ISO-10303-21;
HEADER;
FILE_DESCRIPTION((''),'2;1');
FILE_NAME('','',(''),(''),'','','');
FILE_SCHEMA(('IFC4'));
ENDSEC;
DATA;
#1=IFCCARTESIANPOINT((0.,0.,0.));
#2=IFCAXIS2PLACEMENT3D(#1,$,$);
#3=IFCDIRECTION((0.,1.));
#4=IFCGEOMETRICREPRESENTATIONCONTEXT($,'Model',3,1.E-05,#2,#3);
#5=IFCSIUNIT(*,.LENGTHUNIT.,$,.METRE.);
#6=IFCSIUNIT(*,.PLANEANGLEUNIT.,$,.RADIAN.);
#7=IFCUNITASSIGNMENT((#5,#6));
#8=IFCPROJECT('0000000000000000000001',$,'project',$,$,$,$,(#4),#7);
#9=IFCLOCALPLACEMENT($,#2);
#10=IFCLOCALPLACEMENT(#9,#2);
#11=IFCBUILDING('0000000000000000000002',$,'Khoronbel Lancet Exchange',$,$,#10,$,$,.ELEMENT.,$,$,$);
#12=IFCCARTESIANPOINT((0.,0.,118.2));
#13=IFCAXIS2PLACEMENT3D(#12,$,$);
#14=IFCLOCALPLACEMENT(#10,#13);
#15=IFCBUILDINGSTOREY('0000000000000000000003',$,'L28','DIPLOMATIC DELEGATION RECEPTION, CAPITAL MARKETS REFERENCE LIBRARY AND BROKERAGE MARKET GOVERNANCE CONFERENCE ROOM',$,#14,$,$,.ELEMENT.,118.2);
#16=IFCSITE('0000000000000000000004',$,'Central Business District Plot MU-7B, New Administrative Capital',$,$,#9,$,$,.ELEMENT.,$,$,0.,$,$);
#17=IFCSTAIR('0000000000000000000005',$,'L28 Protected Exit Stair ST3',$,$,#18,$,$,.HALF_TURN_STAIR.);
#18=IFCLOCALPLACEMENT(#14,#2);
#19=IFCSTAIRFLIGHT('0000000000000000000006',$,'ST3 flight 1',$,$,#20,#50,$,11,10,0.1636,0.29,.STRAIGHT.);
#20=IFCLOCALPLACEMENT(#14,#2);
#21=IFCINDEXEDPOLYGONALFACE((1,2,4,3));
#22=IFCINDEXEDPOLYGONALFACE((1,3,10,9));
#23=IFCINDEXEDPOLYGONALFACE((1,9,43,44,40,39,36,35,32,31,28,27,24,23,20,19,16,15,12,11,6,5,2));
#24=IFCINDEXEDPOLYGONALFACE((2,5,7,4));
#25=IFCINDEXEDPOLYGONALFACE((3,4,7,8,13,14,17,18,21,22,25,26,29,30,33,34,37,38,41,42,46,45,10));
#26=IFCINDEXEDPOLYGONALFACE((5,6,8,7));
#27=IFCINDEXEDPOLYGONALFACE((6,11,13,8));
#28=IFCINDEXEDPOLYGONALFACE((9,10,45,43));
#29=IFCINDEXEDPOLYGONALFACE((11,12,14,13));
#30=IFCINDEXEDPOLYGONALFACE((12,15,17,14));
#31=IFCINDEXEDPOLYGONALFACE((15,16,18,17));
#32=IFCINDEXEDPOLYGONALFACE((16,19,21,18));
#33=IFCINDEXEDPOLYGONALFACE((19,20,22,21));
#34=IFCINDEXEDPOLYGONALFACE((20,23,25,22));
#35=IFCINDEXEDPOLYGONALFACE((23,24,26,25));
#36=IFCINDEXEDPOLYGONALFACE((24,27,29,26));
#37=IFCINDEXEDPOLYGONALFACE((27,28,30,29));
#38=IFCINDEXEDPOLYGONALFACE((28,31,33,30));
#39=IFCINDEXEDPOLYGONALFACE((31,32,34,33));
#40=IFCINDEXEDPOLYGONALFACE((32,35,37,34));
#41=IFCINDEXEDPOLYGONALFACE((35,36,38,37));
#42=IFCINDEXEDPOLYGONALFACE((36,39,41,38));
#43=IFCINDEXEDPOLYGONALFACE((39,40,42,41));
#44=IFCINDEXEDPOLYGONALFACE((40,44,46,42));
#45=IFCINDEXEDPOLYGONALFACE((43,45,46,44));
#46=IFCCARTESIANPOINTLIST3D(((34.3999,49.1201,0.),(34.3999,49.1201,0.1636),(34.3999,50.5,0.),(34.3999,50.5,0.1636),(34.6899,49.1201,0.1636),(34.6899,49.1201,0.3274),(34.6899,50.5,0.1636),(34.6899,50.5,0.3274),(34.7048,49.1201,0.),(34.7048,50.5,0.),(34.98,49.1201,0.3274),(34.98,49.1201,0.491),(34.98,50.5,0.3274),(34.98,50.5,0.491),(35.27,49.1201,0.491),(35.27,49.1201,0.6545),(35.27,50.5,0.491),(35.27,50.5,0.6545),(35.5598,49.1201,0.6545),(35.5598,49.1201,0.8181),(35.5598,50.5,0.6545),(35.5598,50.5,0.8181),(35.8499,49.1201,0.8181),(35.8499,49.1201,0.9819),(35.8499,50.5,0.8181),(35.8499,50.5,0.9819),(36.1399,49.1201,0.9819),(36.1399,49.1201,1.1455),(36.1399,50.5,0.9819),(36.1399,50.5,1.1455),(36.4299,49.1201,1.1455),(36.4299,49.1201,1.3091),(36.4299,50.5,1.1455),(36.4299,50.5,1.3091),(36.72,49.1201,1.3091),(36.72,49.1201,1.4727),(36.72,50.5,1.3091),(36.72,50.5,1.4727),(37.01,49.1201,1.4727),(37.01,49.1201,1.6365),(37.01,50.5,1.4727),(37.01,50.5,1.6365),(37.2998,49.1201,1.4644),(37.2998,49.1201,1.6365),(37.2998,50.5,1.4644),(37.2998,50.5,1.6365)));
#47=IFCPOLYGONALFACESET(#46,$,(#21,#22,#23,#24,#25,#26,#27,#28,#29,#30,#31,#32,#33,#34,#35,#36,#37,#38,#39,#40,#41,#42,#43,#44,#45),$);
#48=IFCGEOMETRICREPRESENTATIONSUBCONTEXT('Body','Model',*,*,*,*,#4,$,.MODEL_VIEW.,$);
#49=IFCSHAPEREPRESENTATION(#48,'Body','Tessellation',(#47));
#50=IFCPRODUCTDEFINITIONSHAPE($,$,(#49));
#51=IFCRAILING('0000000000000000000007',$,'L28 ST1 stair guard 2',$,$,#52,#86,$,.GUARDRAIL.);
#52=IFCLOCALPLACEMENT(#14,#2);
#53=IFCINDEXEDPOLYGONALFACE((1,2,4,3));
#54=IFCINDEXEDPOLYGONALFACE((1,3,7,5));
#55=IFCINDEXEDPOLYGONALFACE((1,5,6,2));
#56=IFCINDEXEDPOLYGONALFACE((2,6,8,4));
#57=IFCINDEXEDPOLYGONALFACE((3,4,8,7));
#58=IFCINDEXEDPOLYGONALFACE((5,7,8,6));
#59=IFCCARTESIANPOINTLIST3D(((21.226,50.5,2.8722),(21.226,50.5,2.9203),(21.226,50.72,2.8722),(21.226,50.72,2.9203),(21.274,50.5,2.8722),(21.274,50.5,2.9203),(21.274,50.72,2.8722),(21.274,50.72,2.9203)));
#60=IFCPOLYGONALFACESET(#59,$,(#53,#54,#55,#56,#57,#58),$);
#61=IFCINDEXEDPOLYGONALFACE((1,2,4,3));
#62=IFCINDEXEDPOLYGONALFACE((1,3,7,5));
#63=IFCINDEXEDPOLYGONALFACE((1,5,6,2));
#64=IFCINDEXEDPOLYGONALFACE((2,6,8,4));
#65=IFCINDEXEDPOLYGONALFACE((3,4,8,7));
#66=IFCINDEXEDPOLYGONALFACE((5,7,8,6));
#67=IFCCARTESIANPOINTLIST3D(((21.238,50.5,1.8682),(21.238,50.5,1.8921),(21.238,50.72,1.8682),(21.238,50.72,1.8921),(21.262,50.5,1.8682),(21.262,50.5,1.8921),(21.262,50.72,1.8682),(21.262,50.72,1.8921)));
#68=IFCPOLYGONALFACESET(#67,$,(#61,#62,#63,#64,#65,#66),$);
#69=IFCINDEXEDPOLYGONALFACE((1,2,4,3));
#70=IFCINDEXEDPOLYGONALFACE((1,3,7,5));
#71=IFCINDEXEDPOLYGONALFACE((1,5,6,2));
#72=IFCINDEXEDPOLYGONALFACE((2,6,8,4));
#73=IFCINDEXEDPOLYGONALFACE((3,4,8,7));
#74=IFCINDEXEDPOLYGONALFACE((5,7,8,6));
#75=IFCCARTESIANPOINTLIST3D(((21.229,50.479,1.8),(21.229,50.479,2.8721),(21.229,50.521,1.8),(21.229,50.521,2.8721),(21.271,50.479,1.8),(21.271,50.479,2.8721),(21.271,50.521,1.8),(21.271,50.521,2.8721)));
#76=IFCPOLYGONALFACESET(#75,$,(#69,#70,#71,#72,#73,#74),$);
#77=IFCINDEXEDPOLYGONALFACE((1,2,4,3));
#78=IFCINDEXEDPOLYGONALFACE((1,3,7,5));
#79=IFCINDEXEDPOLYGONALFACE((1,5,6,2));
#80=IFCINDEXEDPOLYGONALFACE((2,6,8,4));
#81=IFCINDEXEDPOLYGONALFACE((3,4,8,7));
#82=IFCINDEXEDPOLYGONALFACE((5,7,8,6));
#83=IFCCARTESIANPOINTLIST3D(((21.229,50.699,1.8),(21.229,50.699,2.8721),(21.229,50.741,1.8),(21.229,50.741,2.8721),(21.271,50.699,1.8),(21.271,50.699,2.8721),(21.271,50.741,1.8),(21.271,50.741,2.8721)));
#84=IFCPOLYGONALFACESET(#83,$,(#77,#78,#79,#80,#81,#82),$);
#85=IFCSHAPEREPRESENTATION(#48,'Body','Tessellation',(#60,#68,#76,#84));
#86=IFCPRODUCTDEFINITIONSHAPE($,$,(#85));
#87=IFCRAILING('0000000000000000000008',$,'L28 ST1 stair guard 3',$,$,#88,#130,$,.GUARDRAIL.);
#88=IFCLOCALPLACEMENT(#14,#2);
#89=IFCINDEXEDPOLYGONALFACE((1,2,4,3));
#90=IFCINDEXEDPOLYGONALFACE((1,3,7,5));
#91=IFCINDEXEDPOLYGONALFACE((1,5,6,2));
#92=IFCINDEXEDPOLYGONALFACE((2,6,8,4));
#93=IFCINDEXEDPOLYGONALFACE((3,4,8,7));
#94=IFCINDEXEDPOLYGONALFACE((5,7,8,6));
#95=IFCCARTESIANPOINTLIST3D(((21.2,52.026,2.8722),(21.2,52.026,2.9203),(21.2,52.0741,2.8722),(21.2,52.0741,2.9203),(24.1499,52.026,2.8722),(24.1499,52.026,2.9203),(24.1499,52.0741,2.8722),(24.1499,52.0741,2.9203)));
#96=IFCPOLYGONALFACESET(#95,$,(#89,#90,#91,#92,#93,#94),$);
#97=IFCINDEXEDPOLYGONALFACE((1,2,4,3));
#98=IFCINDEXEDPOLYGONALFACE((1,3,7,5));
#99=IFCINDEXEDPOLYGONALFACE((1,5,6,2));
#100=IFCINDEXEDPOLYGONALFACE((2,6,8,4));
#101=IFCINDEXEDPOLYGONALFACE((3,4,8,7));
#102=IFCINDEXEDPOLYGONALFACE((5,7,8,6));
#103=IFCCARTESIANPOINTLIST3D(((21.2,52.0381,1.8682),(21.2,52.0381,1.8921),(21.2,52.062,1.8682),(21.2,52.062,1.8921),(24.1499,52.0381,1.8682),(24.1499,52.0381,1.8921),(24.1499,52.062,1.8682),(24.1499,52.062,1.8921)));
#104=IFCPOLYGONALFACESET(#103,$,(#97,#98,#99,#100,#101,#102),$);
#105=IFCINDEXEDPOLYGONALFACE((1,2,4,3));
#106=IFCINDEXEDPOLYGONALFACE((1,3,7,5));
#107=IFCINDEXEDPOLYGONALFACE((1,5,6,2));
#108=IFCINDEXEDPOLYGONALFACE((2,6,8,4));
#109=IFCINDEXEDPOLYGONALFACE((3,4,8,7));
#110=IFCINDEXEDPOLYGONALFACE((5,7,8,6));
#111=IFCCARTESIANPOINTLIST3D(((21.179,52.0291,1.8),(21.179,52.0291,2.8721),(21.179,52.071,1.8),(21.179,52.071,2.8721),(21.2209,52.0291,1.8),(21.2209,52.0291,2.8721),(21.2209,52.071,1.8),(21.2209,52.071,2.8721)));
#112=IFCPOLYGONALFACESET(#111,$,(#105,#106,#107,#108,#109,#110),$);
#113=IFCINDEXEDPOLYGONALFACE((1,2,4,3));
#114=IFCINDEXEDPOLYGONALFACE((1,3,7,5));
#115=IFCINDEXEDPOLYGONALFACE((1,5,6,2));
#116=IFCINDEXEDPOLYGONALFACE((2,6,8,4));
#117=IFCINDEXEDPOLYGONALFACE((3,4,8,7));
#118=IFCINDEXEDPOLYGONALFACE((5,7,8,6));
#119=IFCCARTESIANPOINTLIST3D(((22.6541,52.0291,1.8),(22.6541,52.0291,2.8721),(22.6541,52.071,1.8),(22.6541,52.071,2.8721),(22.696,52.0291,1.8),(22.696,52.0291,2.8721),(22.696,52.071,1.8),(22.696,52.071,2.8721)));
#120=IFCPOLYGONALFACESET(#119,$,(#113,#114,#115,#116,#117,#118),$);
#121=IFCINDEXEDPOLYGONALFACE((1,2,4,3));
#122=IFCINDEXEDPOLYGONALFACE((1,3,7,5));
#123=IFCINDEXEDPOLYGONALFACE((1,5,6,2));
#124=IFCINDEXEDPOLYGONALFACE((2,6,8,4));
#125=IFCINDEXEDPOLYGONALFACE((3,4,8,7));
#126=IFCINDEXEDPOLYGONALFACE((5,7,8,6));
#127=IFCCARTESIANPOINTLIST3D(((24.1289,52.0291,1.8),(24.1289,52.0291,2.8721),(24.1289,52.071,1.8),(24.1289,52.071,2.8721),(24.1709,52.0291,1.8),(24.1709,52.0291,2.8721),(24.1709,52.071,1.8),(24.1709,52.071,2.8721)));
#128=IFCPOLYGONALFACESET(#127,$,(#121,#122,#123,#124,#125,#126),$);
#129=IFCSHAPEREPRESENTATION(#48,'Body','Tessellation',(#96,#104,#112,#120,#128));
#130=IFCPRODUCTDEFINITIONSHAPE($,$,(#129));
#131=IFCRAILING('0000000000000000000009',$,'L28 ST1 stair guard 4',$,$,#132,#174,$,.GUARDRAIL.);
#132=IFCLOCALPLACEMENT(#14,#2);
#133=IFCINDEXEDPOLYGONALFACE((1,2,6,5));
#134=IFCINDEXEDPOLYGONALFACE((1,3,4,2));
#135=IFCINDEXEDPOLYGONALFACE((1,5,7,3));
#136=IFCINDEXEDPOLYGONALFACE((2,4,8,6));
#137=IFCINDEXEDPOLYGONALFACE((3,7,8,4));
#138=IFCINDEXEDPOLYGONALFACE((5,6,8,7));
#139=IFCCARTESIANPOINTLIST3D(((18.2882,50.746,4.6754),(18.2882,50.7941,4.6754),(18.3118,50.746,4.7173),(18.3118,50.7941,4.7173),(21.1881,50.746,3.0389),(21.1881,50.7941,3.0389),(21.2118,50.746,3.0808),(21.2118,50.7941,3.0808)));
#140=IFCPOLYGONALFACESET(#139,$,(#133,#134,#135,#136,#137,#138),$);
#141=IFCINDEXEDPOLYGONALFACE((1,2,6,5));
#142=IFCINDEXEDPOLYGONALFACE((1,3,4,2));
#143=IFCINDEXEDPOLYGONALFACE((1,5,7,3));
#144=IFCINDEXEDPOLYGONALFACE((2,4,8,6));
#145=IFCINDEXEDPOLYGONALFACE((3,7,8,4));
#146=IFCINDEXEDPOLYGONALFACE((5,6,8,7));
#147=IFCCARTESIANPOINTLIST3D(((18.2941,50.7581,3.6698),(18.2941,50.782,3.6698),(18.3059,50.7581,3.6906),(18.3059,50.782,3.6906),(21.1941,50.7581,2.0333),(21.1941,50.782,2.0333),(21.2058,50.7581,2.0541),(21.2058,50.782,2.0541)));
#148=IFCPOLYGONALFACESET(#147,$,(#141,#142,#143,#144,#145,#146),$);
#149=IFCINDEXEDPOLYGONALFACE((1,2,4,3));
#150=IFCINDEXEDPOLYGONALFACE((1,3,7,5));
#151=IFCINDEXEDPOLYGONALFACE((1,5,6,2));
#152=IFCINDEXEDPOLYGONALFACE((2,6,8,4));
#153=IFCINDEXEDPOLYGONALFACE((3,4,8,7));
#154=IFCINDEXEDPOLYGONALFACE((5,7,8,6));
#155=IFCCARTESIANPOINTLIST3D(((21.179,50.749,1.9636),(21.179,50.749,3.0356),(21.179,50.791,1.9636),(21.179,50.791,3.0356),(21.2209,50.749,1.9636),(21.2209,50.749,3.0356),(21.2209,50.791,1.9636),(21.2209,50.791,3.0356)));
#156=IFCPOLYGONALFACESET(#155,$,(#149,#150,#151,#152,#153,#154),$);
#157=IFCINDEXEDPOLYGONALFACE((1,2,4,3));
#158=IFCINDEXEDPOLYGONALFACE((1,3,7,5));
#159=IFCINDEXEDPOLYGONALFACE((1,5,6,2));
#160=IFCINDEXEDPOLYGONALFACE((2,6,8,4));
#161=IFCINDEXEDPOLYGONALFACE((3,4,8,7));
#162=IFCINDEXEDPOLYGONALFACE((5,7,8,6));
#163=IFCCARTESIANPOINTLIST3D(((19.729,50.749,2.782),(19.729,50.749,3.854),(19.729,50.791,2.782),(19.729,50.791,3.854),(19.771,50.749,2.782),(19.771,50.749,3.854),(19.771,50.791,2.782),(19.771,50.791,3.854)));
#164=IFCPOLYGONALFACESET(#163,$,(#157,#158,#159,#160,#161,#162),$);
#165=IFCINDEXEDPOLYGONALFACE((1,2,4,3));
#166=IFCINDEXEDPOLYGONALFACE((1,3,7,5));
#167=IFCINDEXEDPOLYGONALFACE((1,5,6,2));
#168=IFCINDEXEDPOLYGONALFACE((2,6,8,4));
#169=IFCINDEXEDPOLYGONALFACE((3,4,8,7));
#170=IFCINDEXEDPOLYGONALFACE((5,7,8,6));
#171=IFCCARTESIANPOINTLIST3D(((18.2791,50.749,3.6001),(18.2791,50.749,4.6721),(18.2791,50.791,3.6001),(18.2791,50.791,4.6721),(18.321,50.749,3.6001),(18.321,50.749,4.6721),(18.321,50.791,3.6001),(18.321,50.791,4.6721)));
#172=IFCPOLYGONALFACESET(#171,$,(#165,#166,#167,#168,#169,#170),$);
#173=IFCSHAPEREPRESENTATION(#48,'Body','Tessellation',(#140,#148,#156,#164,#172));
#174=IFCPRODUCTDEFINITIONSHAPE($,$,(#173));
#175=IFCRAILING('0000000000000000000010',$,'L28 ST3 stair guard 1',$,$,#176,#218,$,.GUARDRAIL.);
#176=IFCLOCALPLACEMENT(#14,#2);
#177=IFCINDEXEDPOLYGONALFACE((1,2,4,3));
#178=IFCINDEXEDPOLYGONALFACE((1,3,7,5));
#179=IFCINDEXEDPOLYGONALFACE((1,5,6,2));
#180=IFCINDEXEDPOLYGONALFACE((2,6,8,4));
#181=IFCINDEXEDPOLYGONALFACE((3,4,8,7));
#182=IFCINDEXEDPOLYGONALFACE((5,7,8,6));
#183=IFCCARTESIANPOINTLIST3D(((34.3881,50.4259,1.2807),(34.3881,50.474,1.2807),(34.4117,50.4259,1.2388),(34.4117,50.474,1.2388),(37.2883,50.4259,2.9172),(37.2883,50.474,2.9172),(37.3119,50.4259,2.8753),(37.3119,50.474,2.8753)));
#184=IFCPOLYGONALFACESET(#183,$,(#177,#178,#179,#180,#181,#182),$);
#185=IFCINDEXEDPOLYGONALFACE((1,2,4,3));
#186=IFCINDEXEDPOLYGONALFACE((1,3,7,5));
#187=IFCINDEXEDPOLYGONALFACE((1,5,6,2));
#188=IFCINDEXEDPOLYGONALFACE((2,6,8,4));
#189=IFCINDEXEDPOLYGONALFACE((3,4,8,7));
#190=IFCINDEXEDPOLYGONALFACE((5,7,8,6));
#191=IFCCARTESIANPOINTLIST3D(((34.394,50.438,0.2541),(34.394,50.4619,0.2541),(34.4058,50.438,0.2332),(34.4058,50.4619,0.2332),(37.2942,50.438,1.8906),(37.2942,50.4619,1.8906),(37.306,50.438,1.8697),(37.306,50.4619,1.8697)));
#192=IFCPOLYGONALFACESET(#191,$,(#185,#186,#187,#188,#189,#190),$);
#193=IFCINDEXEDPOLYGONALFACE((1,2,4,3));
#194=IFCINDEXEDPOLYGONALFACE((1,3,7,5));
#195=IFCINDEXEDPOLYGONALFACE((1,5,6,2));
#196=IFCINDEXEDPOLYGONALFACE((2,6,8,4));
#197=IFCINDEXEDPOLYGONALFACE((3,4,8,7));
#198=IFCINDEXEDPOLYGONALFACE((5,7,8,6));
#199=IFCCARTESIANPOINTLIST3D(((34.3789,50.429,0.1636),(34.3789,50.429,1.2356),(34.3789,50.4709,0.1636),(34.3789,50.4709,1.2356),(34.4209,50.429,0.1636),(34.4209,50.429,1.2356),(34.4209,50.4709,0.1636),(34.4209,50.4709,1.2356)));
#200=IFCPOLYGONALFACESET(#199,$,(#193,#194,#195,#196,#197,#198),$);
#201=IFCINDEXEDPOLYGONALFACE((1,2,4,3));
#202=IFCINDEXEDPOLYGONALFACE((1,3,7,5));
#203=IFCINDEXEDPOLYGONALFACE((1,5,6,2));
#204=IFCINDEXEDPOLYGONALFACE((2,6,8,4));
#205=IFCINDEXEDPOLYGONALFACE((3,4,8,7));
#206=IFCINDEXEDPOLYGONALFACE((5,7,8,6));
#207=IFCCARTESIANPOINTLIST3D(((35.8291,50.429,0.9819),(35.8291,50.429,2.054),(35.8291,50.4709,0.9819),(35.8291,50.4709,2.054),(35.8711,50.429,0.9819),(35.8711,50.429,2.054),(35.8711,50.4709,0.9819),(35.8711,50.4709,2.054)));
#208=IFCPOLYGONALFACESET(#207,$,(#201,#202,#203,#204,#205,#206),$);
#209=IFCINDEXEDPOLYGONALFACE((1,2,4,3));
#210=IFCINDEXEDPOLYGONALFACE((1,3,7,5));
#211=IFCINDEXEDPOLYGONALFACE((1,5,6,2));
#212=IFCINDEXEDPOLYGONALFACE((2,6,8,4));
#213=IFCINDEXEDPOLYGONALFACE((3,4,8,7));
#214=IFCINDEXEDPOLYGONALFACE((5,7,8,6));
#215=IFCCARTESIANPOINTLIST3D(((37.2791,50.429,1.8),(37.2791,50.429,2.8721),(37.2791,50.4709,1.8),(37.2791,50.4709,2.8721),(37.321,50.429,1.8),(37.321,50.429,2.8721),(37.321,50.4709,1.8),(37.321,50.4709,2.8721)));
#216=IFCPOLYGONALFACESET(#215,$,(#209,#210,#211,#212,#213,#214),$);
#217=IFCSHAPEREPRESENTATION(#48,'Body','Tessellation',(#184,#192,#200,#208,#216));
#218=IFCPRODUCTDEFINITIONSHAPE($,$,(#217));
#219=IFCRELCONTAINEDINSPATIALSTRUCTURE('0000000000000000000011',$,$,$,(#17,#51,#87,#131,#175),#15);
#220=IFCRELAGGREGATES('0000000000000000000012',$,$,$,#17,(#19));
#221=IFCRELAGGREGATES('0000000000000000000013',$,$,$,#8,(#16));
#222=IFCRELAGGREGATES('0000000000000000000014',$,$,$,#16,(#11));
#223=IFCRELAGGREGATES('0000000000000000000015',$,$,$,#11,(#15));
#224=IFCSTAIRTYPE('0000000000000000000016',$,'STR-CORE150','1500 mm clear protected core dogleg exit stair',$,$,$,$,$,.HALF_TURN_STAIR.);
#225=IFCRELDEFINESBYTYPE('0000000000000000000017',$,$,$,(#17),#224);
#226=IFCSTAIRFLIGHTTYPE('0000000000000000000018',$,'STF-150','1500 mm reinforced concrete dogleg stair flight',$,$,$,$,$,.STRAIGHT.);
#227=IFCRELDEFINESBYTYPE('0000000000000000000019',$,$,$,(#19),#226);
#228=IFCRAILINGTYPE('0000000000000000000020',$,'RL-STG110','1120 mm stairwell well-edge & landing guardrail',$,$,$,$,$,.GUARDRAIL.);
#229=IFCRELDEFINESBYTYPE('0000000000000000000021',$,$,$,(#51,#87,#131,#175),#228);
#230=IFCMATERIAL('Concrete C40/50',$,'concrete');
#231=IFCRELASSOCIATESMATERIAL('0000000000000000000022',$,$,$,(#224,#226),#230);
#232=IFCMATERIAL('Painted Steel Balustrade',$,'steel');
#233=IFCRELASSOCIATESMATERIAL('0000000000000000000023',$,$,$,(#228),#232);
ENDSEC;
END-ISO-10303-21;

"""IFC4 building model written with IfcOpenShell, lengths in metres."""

from ifc_helpers import new_model, si_unit, direction, frame, origin, origin_2d, place, context, subcontext, project, spatial, polyline, rectangle, outline, extrude, material, type_object, element, aggregate, save


model = new_model("IFC4")

# Units and contexts
model_context = context("Model", 3, precision=1e-05, world=origin(), true_north=direction((0.0, 1.0)))
body_context = subcontext(model_context, "Body", "Model", "MODEL_VIEW")
ifc_project = project(units=[si_unit("LENGTHUNIT", "METRE"), si_unit("PLANEANGLEUNIT", "RADIAN")], contexts=[model_context])

# Site, building, storey
site_placement = place(None, origin())
site = spatial("IfcSite", under=ifc_project, at=site_placement, Name="Central Business District Plot MU-7B, New Administrative Capital", CompositionType="ELEMENT", RefElevation=0.0)
building_placement = place(site_placement, origin())
building = spatial("IfcBuilding", under=site, at=building_placement, Name="Khoronbel Lancet Exchange", CompositionType="ELEMENT")
storey_placement = place(building_placement, frame((0.0, 0.0, 118.2)))
storey = spatial("IfcBuildingStorey", under=building, at=storey_placement, Name="L28", Description="DIPLOMATIC DELEGATION RECEPTION, CAPITAL MARKETS REFERENCE LIBRARY AND BROKERAGE MARKET GOVERNANCE CONFERENCE ROOM", CompositionType="ELEMENT", Elevation=118.2)

# Stair, stair flight
ifc_material_1 = material(Name="Concrete C40/50", Category="concrete")
stair_type = type_object("IfcStairType", Name="STR-CORE150", Description="1500 mm clear protected core dogleg exit stair", PredefinedType="HALF_TURN_STAIR", material=ifc_material_1)
stair_flight_type = type_object("IfcStairFlightType", Name="STF-150", Description="1500 mm reinforced concrete dogleg stair flight", PredefinedType="STRAIGHT", material=ifc_material_1)
stair_1_placement = place(storey_placement, origin())
stair_1 = element("IfcStair", 1, at=stair_1_placement, inside=storey, type_object=stair_type, Name="L28 Protected Exit Stair ST3", PredefinedType="HALF_TURN_STAIR")
stair_flight_1_placement = place(storey_placement, frame((34.3999, 49.8101, 0.0), z_axis=(0.0, 0.0, 1.0), x_axis=(1.0, 0.0, 0.0)))
stair_flight_1 = element("IfcStairFlight", 2, at=stair_flight_1_placement, type_object=stair_flight_type, Name="ST3 flight 1", NumberOfRisers=11, NumberOfTreads=10, PredefinedType="STRAIGHT", RiserHeight=0.1636, TreadLength=0.29, context=body_context, shape_type="SweptSolid", body=[
    extrude(outline(polyline([(0.0, 0.0), (0.0, 0.1636), (0.29, 0.1636), (0.29, 0.3274), (0.5801, 0.3274), (0.5801, 0.491), (0.8701, 0.491), (0.8701, 0.6545), (1.1599, 0.6545), (1.1599, 0.8181), (1.45, 0.8181), (1.45, 0.9819), (1.74, 0.9819), (1.74, 1.1455), (2.03, 1.1455), (2.03, 1.3091), (2.3201, 1.3091), (2.3201, 1.4727), (2.6101, 1.4727), (2.6101, 1.6365), (2.8999, 1.6365), (2.8999, 1.8), (2.8999, 1.4644), (0.3049, 0.0), (0.0, 0.0)])), frame((0.0, 0.6899, 0.0), z_axis=(0.0, -1.0, 0.0), x_axis=(1.0, 0.0, 0.0)), (0.0, 0.0, 1.0), 1.3799),
])
aggregate(stair_1, [stair_flight_1])

# Railings
ifc_material_2 = material(Name="Painted Steel Balustrade", Category="steel")
railing_type_1 = type_object("IfcRailingType", Name="RL-STG110", Description="1120 mm stairwell well-edge & landing guardrail", PredefinedType="GUARDRAIL", material=ifc_material_2)
railing_1_placement = place(storey_placement, frame((21.25, 50.5, 1.8)))
element("IfcRailing", 3, at=railing_1_placement, inside=storey, type_object=railing_type_1, Name="L28 ST1 stair guard 2", PredefinedType="GUARDRAIL", context=body_context, shape_type="SweptSolid", body=[
    extrude(rectangle(XDim=0.0481, YDim=0.0481, at=origin_2d()), frame((0.0, 0.0, 1.0962), z_axis=(0.0, 1.0, 0.0), x_axis=(-1.0, 0.0, 0.0)), (0.0, 0.0, 1.0), 0.22),
    extrude(rectangle(XDim=0.0239, YDim=0.0239, at=origin_2d()), frame((0.0, 0.0, 0.0801), z_axis=(0.0, 1.0, 0.0), x_axis=(-1.0, 0.0, 0.0)), (0.0, 0.0, 1.0), 0.22),
    extrude(rectangle(XDim=0.042, YDim=0.042, at=origin_2d()), origin(), (0.0, 0.0, 1.0), 1.072),
    extrude(rectangle(XDim=0.042, YDim=0.042, at=origin_2d()), frame((0.0, 0.22, 0.0)), (0.0, 0.0, 1.0), 1.072),
])
railing_2_placement = place(storey_placement, frame((21.2, 52.05, 1.8)))
element("IfcRailing", 4, at=railing_2_placement, inside=storey, type_object=railing_type_1, Name="L28 ST1 stair guard 3", PredefinedType="GUARDRAIL", context=body_context, shape_type="SweptSolid", body=[
    extrude(rectangle(XDim=0.0481, YDim=0.0481, at=origin_2d()), frame((0.0, 0.0, 1.0962), z_axis=(1.0, 0.0, 0.0), x_axis=(0.0, 1.0, 0.0)), (0.0, 0.0, 1.0), 2.95),
    extrude(rectangle(XDim=0.0239, YDim=0.0239, at=origin_2d()), frame((0.0, 0.0, 0.0801), z_axis=(1.0, 0.0, 0.0), x_axis=(0.0, 1.0, 0.0)), (0.0, 0.0, 1.0), 2.95),
    extrude(rectangle(XDim=0.042, YDim=0.042, at=origin_2d()), origin(), (0.0, 0.0, 1.0), 1.072),
    extrude(rectangle(XDim=0.042, YDim=0.042, at=origin_2d()), frame((1.4751, 0.0, 0.0)), (0.0, 0.0, 1.0), 1.072),
    extrude(rectangle(XDim=0.042, YDim=0.042, at=origin_2d()), frame((2.95, 0.0, 0.0)), (0.0, 0.0, 1.0), 1.072),
])
railing_3_placement = place(storey_placement, frame((21.2, 50.77, 1.9636)))
element("IfcRailing", 5, at=railing_3_placement, inside=storey, type_object=railing_type_1, Name="L28 ST1 stair guard 4", PredefinedType="GUARDRAIL", context=body_context, shape_type="SweptSolid", body=[
    extrude(rectangle(XDim=0.0481, YDim=0.0481, at=origin_2d()), frame((0.0, 0.0, 1.0962), z_axis=(-0.870897, 0.0, 0.491465), x_axis=(0.0, -1.0, 0.0)), (0.0, 0.0, 1.0), 3.3298),
    extrude(rectangle(XDim=0.0239, YDim=0.0239, at=origin_2d()), frame((0.0, 0.0, 0.0801), z_axis=(-0.870897, 0.0, 0.491465), x_axis=(0.0, -1.0, 0.0)), (0.0, 0.0, 1.0), 3.3298),
    extrude(rectangle(XDim=0.042, YDim=0.042, at=origin_2d()), origin(), (0.0, 0.0, 1.0), 1.072),
    extrude(rectangle(XDim=0.042, YDim=0.042, at=origin_2d()), frame((-1.45, 0.0, 0.8184)), (0.0, 0.0, 1.0), 1.072),
    extrude(rectangle(XDim=0.042, YDim=0.042, at=origin_2d()), frame((-2.8999, 0.0, 1.6365)), (0.0, 0.0, 1.0), 1.072),
])
railing_4_placement = place(storey_placement, frame((34.3999, 50.45, 0.1636)))
element("IfcRailing", 6, at=railing_4_placement, inside=storey, type_object=railing_type_1, Name="L28 ST3 stair guard 1", PredefinedType="GUARDRAIL", context=body_context, shape_type="SweptSolid", body=[
    extrude(rectangle(XDim=0.0481, YDim=0.0481, at=origin_2d()), frame((0.0, 0.0, 1.0962), z_axis=(0.870915, 0.0, 0.491434), x_axis=(0.0, 1.0, 0.0)), (0.0, 0.0, 1.0), 3.3301),
    extrude(rectangle(XDim=0.0239, YDim=0.0239, at=origin_2d()), frame((0.0, 0.0, 0.0801), z_axis=(0.870915, 0.0, 0.491434), x_axis=(0.0, 1.0, 0.0)), (0.0, 0.0, 1.0), 3.3301),
    extrude(rectangle(XDim=0.042, YDim=0.042, at=origin_2d()), origin(), (0.0, 0.0, 1.0), 1.072),
    extrude(rectangle(XDim=0.042, YDim=0.042, at=origin_2d()), frame((1.4502, 0.0, 0.8184)), (0.0, 0.0, 1.0), 1.072),
    extrude(rectangle(XDim=0.042, YDim=0.042, at=origin_2d()), frame((2.9001, 0.0, 1.6365)), (0.0, 0.0, 1.0), 1.072),
])

save(model, "model.ifc")
